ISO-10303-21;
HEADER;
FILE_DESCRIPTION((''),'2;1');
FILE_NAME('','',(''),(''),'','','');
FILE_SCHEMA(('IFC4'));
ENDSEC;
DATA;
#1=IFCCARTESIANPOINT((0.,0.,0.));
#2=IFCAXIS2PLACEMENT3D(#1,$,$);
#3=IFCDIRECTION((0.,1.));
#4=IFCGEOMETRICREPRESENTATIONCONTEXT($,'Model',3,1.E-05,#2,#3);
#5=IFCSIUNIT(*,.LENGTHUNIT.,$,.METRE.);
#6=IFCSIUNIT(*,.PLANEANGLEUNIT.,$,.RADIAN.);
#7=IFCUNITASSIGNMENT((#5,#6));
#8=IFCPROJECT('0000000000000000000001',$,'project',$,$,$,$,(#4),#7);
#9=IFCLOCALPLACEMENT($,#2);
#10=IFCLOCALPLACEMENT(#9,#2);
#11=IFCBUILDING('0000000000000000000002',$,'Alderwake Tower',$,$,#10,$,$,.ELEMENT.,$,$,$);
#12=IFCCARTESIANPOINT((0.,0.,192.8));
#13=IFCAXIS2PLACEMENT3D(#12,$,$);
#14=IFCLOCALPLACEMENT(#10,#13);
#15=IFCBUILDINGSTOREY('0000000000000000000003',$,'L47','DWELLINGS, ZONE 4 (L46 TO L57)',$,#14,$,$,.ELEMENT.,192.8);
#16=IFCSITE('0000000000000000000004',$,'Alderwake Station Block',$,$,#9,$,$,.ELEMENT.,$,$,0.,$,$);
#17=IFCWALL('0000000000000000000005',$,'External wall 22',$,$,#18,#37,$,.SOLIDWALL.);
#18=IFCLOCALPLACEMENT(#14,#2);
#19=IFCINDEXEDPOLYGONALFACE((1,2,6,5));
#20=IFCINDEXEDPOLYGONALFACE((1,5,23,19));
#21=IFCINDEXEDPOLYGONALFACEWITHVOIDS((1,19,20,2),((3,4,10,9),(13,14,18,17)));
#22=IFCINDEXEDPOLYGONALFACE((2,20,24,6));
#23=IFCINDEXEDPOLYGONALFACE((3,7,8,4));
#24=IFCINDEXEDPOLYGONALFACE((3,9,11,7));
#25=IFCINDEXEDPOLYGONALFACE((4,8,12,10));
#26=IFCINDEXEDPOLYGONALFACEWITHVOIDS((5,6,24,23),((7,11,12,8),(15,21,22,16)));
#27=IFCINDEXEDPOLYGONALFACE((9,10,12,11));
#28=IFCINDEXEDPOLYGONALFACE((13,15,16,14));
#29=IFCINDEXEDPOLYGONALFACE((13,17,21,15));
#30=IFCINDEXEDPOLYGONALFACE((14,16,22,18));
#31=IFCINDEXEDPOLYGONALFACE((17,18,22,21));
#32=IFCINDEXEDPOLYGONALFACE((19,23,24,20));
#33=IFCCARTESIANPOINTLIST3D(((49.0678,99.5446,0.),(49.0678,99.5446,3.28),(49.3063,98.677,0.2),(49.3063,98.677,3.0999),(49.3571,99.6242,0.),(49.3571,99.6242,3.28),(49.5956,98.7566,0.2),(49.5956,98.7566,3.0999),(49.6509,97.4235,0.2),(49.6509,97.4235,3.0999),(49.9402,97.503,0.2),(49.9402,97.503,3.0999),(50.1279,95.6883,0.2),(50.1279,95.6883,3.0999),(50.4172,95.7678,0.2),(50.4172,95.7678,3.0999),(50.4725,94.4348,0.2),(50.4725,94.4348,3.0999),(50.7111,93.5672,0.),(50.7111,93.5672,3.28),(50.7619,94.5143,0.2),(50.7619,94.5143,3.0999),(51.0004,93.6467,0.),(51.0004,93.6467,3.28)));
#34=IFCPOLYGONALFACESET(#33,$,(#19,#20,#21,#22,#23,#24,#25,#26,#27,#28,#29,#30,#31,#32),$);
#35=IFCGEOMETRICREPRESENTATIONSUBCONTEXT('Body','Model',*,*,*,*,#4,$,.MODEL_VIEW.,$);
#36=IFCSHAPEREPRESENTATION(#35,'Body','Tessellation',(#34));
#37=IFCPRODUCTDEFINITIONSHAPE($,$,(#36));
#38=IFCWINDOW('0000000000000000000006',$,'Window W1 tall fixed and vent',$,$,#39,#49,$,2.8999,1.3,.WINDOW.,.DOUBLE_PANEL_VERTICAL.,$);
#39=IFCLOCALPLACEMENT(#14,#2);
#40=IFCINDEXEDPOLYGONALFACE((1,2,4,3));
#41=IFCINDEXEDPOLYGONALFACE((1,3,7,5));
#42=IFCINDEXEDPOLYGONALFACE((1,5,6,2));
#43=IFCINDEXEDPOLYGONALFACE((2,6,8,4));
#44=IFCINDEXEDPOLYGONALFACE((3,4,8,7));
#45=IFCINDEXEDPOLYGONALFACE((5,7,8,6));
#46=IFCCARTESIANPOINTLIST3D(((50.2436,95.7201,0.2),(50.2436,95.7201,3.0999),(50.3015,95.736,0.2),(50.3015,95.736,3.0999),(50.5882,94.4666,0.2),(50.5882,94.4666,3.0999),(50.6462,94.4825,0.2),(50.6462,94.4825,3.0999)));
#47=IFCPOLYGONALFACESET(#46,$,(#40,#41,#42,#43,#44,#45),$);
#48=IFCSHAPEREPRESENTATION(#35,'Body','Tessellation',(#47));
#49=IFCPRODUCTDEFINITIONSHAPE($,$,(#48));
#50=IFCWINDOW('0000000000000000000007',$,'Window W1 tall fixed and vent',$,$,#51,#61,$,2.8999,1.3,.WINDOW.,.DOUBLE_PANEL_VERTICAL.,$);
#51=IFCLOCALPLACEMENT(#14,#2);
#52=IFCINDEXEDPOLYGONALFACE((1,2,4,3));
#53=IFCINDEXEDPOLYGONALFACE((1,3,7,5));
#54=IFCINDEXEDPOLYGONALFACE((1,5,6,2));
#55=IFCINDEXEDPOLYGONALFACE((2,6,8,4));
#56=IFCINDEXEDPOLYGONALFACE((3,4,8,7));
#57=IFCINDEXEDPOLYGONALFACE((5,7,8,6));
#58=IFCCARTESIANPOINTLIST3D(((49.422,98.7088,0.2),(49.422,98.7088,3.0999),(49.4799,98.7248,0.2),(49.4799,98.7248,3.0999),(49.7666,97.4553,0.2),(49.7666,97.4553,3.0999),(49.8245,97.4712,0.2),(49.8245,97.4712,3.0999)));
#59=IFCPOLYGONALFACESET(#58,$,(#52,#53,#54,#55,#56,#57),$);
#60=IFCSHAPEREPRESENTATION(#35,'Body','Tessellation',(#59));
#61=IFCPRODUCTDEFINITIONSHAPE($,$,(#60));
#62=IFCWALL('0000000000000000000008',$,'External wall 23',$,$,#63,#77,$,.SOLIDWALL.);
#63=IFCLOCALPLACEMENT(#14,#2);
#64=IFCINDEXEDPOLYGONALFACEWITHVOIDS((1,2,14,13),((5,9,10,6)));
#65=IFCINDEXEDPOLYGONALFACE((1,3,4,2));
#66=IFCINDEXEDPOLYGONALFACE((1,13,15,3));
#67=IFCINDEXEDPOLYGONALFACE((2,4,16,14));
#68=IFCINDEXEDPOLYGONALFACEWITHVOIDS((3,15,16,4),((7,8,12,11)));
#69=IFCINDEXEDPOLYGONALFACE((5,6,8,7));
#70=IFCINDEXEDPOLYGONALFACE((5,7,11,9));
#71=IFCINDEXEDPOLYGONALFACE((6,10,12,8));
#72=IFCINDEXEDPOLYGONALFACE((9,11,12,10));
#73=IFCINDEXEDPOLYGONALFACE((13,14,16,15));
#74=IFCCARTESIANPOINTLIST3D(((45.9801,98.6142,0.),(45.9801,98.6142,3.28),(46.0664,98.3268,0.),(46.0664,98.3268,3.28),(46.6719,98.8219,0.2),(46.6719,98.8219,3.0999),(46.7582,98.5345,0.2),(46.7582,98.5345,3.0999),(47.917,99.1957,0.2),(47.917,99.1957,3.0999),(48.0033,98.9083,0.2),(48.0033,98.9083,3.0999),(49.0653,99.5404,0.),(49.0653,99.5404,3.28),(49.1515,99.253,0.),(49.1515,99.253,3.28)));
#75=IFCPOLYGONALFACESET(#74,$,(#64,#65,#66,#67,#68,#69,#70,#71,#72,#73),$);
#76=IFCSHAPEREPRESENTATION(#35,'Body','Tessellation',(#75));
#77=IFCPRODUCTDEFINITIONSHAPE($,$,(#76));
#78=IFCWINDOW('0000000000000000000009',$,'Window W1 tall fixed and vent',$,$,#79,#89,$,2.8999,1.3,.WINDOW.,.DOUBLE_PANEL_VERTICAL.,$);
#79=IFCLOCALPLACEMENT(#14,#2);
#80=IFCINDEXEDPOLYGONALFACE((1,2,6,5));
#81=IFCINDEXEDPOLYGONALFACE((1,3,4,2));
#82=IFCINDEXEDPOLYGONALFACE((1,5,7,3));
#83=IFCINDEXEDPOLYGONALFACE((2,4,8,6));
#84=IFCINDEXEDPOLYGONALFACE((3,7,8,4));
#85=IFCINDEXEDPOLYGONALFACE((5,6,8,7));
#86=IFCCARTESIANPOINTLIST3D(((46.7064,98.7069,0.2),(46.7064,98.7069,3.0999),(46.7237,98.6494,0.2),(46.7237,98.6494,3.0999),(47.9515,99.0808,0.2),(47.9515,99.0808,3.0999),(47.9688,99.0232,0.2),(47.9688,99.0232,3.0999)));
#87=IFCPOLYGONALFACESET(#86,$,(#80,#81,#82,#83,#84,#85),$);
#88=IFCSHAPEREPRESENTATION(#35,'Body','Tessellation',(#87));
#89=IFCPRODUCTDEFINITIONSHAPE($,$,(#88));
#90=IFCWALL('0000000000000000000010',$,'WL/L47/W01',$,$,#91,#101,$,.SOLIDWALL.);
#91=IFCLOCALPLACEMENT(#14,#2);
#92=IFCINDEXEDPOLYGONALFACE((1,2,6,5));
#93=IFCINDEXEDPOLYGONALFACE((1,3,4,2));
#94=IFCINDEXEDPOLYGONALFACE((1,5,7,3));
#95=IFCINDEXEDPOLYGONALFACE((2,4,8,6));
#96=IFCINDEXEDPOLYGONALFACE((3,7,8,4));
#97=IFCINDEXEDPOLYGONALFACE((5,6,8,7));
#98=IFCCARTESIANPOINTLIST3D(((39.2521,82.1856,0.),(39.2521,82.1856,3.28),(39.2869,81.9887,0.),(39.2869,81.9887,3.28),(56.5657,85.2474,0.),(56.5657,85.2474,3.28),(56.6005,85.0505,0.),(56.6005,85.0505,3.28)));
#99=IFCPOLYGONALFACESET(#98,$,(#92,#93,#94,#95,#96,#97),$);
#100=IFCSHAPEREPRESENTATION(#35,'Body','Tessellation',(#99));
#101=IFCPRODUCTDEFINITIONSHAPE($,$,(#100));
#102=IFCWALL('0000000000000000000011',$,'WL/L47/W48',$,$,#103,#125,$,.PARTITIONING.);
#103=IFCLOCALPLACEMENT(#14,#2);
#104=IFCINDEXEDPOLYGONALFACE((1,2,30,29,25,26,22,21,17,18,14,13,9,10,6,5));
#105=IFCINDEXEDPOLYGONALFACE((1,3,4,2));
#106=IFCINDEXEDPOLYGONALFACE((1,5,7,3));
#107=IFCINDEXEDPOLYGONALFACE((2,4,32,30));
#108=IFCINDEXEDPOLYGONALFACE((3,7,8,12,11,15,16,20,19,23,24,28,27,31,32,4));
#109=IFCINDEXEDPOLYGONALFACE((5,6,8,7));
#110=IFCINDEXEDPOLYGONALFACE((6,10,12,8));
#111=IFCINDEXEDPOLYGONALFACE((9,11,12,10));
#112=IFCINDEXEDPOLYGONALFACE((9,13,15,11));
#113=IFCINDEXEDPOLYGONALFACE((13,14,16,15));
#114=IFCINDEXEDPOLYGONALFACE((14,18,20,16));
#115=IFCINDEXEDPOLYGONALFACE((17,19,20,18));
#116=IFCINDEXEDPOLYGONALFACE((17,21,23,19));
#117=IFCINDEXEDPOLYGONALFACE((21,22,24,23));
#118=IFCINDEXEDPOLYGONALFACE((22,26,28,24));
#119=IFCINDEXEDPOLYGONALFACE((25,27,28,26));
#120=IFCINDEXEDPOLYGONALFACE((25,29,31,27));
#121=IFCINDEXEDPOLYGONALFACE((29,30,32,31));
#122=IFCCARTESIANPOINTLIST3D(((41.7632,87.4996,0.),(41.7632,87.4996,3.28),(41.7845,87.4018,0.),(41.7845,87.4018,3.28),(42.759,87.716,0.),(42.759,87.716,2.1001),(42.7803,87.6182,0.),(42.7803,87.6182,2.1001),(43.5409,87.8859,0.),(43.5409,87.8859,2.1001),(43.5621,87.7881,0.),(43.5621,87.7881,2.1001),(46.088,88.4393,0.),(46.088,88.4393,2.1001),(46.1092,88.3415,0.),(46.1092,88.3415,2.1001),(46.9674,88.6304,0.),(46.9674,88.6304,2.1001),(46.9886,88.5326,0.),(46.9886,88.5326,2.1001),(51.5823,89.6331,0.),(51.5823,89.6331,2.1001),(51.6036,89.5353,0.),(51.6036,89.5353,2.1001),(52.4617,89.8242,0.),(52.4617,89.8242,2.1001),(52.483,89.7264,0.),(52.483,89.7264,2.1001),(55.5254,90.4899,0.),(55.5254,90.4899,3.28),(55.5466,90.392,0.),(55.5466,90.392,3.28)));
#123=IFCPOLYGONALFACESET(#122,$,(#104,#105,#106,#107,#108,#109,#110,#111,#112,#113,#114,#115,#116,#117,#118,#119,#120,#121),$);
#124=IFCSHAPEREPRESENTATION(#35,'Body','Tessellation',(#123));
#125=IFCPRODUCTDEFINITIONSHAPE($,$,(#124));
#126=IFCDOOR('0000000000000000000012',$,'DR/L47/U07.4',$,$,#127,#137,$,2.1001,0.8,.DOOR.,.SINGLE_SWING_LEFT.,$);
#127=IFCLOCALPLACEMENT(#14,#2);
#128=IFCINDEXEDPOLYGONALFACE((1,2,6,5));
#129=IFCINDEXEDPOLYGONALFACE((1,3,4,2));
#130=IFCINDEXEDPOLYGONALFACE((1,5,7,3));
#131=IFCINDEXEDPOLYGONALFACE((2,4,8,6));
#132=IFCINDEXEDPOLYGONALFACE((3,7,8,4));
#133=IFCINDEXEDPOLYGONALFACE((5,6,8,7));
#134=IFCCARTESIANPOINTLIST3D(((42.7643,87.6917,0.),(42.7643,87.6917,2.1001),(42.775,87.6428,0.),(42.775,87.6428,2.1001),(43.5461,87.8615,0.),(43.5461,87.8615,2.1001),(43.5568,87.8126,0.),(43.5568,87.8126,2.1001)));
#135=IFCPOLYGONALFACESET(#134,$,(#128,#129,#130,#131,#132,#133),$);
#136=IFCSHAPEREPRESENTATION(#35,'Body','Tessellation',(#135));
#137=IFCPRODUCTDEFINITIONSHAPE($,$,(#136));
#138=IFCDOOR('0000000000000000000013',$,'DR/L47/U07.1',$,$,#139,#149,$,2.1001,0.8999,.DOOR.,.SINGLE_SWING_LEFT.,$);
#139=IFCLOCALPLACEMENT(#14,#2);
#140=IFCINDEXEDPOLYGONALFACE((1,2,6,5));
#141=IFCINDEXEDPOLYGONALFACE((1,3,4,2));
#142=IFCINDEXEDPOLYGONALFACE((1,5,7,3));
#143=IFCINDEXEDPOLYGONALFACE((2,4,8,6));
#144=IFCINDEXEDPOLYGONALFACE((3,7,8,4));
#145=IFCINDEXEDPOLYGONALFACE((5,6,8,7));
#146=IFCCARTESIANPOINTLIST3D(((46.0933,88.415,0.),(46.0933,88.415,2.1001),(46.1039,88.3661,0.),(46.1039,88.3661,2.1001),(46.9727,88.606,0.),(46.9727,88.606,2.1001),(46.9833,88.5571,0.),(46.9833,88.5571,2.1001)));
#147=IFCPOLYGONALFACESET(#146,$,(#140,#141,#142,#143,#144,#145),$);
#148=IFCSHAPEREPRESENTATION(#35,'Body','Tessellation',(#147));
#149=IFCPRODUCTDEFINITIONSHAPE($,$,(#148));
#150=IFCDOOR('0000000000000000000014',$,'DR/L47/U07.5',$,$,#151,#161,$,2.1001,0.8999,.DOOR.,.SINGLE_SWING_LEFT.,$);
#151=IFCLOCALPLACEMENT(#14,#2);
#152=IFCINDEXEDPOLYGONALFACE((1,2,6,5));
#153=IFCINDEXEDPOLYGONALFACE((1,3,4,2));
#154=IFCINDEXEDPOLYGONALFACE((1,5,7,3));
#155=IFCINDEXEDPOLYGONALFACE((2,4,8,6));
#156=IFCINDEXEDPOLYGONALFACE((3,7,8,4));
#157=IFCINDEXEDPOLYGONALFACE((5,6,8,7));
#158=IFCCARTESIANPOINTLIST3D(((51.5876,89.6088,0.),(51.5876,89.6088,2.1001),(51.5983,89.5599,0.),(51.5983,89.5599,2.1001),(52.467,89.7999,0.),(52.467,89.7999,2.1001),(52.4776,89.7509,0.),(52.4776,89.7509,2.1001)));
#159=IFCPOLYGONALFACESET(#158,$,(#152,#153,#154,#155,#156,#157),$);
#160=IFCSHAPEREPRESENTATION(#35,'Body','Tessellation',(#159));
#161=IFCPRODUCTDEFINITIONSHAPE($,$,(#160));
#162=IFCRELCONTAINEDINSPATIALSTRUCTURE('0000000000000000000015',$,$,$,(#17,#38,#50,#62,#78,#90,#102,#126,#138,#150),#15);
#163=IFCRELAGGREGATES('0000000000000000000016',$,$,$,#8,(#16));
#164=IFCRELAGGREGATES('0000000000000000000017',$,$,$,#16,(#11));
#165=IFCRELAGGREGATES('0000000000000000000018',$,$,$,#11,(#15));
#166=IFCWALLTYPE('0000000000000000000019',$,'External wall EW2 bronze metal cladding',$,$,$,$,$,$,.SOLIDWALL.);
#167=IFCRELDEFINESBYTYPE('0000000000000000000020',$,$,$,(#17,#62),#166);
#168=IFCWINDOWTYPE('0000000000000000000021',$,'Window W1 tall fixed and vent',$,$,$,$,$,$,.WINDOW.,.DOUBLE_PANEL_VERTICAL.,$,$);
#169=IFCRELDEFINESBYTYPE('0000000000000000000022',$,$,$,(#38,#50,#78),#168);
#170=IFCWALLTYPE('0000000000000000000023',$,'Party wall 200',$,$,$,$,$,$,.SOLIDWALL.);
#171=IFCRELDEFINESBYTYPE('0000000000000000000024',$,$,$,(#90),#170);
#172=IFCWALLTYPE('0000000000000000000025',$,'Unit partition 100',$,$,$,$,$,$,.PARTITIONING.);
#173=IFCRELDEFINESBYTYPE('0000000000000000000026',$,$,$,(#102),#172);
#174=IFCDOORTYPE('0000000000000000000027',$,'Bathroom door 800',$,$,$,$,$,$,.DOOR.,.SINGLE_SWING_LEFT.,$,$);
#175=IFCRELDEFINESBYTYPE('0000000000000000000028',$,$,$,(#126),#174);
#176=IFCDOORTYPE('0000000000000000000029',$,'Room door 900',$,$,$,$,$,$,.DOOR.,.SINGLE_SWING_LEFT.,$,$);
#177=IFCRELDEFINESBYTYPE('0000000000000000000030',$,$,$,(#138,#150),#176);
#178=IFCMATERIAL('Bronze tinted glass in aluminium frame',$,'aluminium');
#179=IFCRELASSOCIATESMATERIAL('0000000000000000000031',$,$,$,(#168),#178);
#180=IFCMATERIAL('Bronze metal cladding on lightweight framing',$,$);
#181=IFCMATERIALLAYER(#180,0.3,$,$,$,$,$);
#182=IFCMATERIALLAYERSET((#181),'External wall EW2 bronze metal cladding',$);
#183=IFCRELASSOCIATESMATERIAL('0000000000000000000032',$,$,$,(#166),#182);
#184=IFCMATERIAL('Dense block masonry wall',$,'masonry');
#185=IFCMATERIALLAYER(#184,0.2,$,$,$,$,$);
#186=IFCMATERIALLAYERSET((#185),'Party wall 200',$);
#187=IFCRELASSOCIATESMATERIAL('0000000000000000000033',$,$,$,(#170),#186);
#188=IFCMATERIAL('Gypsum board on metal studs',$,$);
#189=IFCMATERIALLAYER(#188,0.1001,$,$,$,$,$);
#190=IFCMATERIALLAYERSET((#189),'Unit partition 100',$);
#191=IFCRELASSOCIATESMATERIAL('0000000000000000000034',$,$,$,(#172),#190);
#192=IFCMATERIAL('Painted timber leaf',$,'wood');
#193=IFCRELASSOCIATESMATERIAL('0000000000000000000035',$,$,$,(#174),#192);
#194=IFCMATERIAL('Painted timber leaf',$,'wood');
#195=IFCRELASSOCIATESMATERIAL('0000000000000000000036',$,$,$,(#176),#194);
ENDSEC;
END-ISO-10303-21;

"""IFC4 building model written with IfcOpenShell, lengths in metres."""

from ifc_helpers import new_model, si_unit, direction, frame, frame_2d, origin, place, context, subcontext, project, spatial, rectangle, extrude, material, layer, layer_set, type_object, element, fill, save


model = new_model("IFC4")

# Units and contexts
model_context = context("Model", 3, precision=1e-05, world=origin(), true_north=direction((0.0, 1.0)))
body_context = subcontext(model_context, "Body", "Model", "MODEL_VIEW")
ifc_project = project(units=[si_unit("LENGTHUNIT", "METRE"), si_unit("PLANEANGLEUNIT", "RADIAN")], contexts=[model_context])

# Site, building, storey
site_placement = place(None, origin())
site = spatial("IfcSite", under=ifc_project, at=site_placement, Name="Alderwake Station Block", CompositionType="ELEMENT", RefElevation=0.0)
building_placement = place(site_placement, origin())
building = spatial("IfcBuilding", under=site, at=building_placement, Name="Alderwake Tower", CompositionType="ELEMENT")
storey_placement = place(building_placement, frame((0.0, 0.0, 192.8)))
storey = spatial("IfcBuildingStorey", under=building, at=storey_placement, Name="L47", Description="DWELLINGS, ZONE 4 (L46 TO L57)", CompositionType="ELEMENT", Elevation=192.8)

# Shared definitions
ifc_material_1 = material(Name="Bronze tinted glass in aluminium frame", Category="aluminium")
window_type = type_object("IfcWindowType", Name="Window W1 tall fixed and vent", PartitioningType="DOUBLE_PANEL_VERTICAL", PredefinedType="WINDOW", material=ifc_material_1)

# Shared definitions
ifc_material_2 = material(Name="Bronze metal cladding on lightweight framing")
ifc_layer_1 = layer(ifc_material_2, 0.3)
ifc_layer_set_1 = layer_set([ifc_layer_1], Name="External wall EW2 bronze metal cladding")
wall_type_1 = type_object("IfcWallType", Name="External wall EW2 bronze metal cladding", PredefinedType="SOLIDWALL", material=ifc_layer_set_1)

# Wall, openings, windows
wall_1_placement = place(storey_placement, frame((50.8557, 93.6069, 0.0), z_axis=(0.0, 0.0, 1.0), x_axis=(-0.26508, 0.964227, 0.0)))
wall_1 = element("IfcWall", 1, at=wall_1_placement, inside=storey, type_object=wall_type_1, Name="External wall 22", PredefinedType="SOLIDWALL", context=body_context, shape_type="SweptSolid", body=[
    extrude(rectangle(XDim=6.1992, YDim=0.3, at=frame_2d((3.0996, 0.0))), origin(), (0.0, 0.0, 1.0), 3.28),
])
opening_1_placement = place(wall_1_placement, frame((0.8999, 0.0, 0.2)))
opening_1 = element("IfcOpeningElement", 2, at=opening_1_placement, cuts=wall_1, PredefinedType="OPENING", context=body_context, shape_type="SweptSolid", body=[
    extrude(rectangle(XDim=1.3, YDim=2.8999, at=frame_2d((0.6499, 1.45))), frame((0.0, 0.1599, 0.0), z_axis=(0.0, -1.0, 0.0), x_axis=(1.0, 0.0, 0.0)), (0.0, 0.0, 1.0), 0.3201),
])
opening_2_placement = place(wall_1_placement, frame((3.9995, 0.0, 0.2)))
opening_2 = element("IfcOpeningElement", 3, at=opening_2_placement, cuts=wall_1, PredefinedType="OPENING", context=body_context, shape_type="SweptSolid", body=[
    extrude(rectangle(XDim=1.3, YDim=2.8999, at=frame_2d((0.6499, 1.45))), frame((0.0, 0.1599, 0.0), z_axis=(0.0, -1.0, 0.0), x_axis=(1.0, 0.0, 0.0)), (0.0, 0.0, 1.0), 0.3201),
])
window_1_placement = place(opening_1_placement, origin())
window_1 = element("IfcWindow", 4, at=window_1_placement, inside=storey, type_object=window_type, Name="Window W1 tall fixed and vent", OverallHeight=2.8999, OverallWidth=1.3, PartitioningType="DOUBLE_PANEL_VERTICAL", PredefinedType="WINDOW", context=body_context, shape_type="SweptSolid", body=[
    extrude(rectangle(XDim=1.3, YDim=2.8999, at=frame_2d((0.6499, 1.45))), frame((0.0, 0.03, 0.0), z_axis=(0.0, -1.0, 0.0), x_axis=(1.0, 0.0, 0.0)), (0.0, 0.0, 1.0), 0.0601),
])
fill(opening_1, window_1)
window_2_placement = place(opening_2_placement, origin())
window_2 = element("IfcWindow", 5, at=window_2_placement, inside=storey, type_object=window_type, Name="Window W1 tall fixed and vent", OverallHeight=2.8999, OverallWidth=1.3, PartitioningType="DOUBLE_PANEL_VERTICAL", PredefinedType="WINDOW", context=body_context, shape_type="SweptSolid", body=[
    extrude(rectangle(XDim=1.3, YDim=2.8999, at=frame_2d((0.6499, 1.45))), frame((0.0, 0.03, 0.0), z_axis=(0.0, -1.0, 0.0), x_axis=(1.0, 0.0, 0.0)), (0.0, 0.0, 1.0), 0.0601),
])
fill(opening_2, window_2)

# Wall, opening, window
wall_2_placement = place(storey_placement, frame((49.1084, 99.3967, 0.0), z_axis=(0.0, 0.0, 1.0), x_axis=(-0.957766, -0.28755, 0.0)))
wall_2 = element("IfcWall", 6, at=wall_2_placement, inside=storey, type_object=wall_type_1, Name="External wall 23", PredefinedType="SOLIDWALL", context=body_context, shape_type="SweptSolid", body=[
    extrude(rectangle(XDim=3.2212, YDim=0.3, at=frame_2d((1.6106, 0.0))), origin(), (0.0, 0.0, 1.0), 3.28),
])
opening_3_placement = place(wall_2_placement, frame((1.199, 0.0, 0.2)))
opening_3 = element("IfcOpeningElement", 7, at=opening_3_placement, cuts=wall_2, PredefinedType="OPENING", context=body_context, shape_type="SweptSolid", body=[
    extrude(rectangle(XDim=1.3, YDim=2.8999, at=frame_2d((0.6499, 1.45))), frame((0.0, 0.1599, 0.0), z_axis=(0.0, -1.0, 0.0), x_axis=(1.0, 0.0, 0.0)), (0.0, 0.0, 1.0), 0.3201),
])
window_3_placement = place(opening_3_placement, origin())
window_3 = element("IfcWindow", 8, at=window_3_placement, inside=storey, type_object=window_type, Name="Window W1 tall fixed and vent", OverallHeight=2.8999, OverallWidth=1.3, PartitioningType="DOUBLE_PANEL_VERTICAL", PredefinedType="WINDOW", context=body_context, shape_type="SweptSolid", body=[
    extrude(rectangle(XDim=1.3, YDim=2.8999, at=frame_2d((0.6499, 1.45))), frame((0.0, 0.03, 0.0), z_axis=(0.0, -1.0, 0.0), x_axis=(1.0, 0.0, 0.0)), (0.0, 0.0, 1.0), 0.0601),
])
fill(opening_3, window_3)

# Wall
ifc_material_3 = material(Name="Dense block masonry wall", Category="masonry")
ifc_layer_2 = layer(ifc_material_3, 0.2)
ifc_layer_set_2 = layer_set([ifc_layer_2], Name="Party wall 200")
wall_type_2 = type_object("IfcWallType", Name="Party wall 200", PredefinedType="SOLIDWALL", material=ifc_layer_set_2)
wall_3_placement = place(storey_placement, frame((56.583, 85.1489, 0.0), z_axis=(0.0, 0.0, 1.0), x_axis=(-0.984721, -0.174139, 0.0)))
element("IfcWall", 9, at=wall_3_placement, inside=storey, type_object=wall_type_2, Name="WL/L47/W01", PredefinedType="SOLIDWALL", context=body_context, shape_type="SweptSolid", body=[
    extrude(rectangle(XDim=17.5823, YDim=0.2, at=frame_2d((8.791, 0.0))), origin(), (0.0, 0.0, 1.0), 3.28),
])

# Wall, openings, doors
ifc_material_4 = material(Name="Gypsum board on metal studs")
ifc_layer_3 = layer(ifc_material_4, 0.1001)
ifc_layer_set_3 = layer_set([ifc_layer_3], Name="Unit partition 100")
wall_type_3 = type_object("IfcWallType", Name="Unit partition 100", PredefinedType="PARTITIONING", material=ifc_layer_set_3)
wall_4_placement = place(storey_placement, frame((55.5359, 90.4409, 0.0), z_axis=(0.0, 0.0, 1.0), x_axis=(-0.977199, -0.212325, 0.0)))
wall_4 = element("IfcWall", 10, at=wall_4_placement, inside=storey, type_object=wall_type_3, Name="WL/L47/W48", PredefinedType="PARTITIONING", context=body_context, shape_type="SweptSolid", body=[
    extrude(rectangle(XDim=14.0833, YDim=0.1001, at=frame_2d((7.0415, 0.0))), origin(), (0.0, 0.0, 1.0), 3.28),
])
opening_4_placement = place(wall_4_placement, frame((8.7576, 0.0, 0.0)))
opening_4 = element("IfcOpeningElement", 11, at=opening_4_placement, cuts=wall_4, PredefinedType="OPENING", context=body_context, shape_type="SweptSolid", body=[
    extrude(rectangle(XDim=0.8999, YDim=2.1001, at=frame_2d((0.45, 1.05))), frame((0.0, 0.0601, 0.0), z_axis=(0.0, -1.0, 0.0), x_axis=(1.0, 0.0, 0.0)), (0.0, 0.0, 1.0), 0.1201),
])
opening_5_placement = place(wall_4_placement, frame((12.2642, 0.0, 0.0)))
opening_5 = element("IfcOpeningElement", 12, at=opening_5_placement, cuts=wall_4, PredefinedType="OPENING", context=body_context, shape_type="SweptSolid", body=[
    extrude(rectangle(XDim=0.8, YDim=2.1001, at=frame_2d((0.3999, 1.05))), frame((0.0, 0.0601, 0.0), z_axis=(0.0, -1.0, 0.0), x_axis=(1.0, 0.0, 0.0)), (0.0, 0.0, 1.0), 0.1201),
])
opening_6_placement = place(wall_4_placement, frame((3.135, 0.0, 0.0)))
opening_6 = element("IfcOpeningElement", 13, at=opening_6_placement, cuts=wall_4, PredefinedType="OPENING", context=body_context, shape_type="SweptSolid", body=[
    extrude(rectangle(XDim=0.8999, YDim=2.1001, at=frame_2d((0.45, 1.05))), frame((0.0, 0.0601, 0.0), z_axis=(0.0, -1.0, 0.0), x_axis=(1.0, 0.0, 0.0)), (0.0, 0.0, 1.0), 0.1201),
])
ifc_material_5 = material(Name="Painted timber leaf", Category="wood")
door_type_1 = type_object("IfcDoorType", Name="Bathroom door 800", OperationType="SINGLE_SWING_LEFT", PredefinedType="DOOR", material=ifc_material_5)
door_1_placement = place(opening_5_placement, origin())
door_1 = element("IfcDoor", 14, at=door_1_placement, inside=storey, type_object=door_type_1, Name="DR/L47/U07.4", OperationType="SINGLE_SWING_LEFT", OverallHeight=2.1001, OverallWidth=0.8, PredefinedType="DOOR", context=body_context, shape_type="SweptSolid", body=[
    extrude(rectangle(XDim=0.8, YDim=2.1001, at=frame_2d((0.3999, 1.05))), frame((0.0, 0.0249, 0.0), z_axis=(0.0, -1.0, 0.0), x_axis=(1.0, 0.0, 0.0)), (0.0, 0.0, 1.0), 0.05),
])
fill(opening_5, door_1)
ifc_material_6 = material(Name="Painted timber leaf", Category="wood")
door_type_2 = type_object("IfcDoorType", Name="Room door 900", OperationType="SINGLE_SWING_LEFT", PredefinedType="DOOR", material=ifc_material_6)
door_2_placement = place(opening_4_placement, origin())
door_2 = element("IfcDoor", 15, at=door_2_placement, inside=storey, type_object=door_type_2, Name="DR/L47/U07.1", OperationType="SINGLE_SWING_LEFT", OverallHeight=2.1001, OverallWidth=0.8999, PredefinedType="DOOR", context=body_context, shape_type="SweptSolid", body=[
    extrude(rectangle(XDim=0.8999, YDim=2.1001, at=frame_2d((0.45, 1.05))), frame((0.0, 0.0249, 0.0), z_axis=(0.0, -1.0, 0.0), x_axis=(1.0, 0.0, 0.0)), (0.0, 0.0, 1.0), 0.05),
])
fill(opening_4, door_2)
door_3_placement = place(opening_6_placement, origin())
door_3 = element("IfcDoor", 16, at=door_3_placement, inside=storey, type_object=door_type_2, Name="DR/L47/U07.5", OperationType="SINGLE_SWING_LEFT", OverallHeight=2.1001, OverallWidth=0.8999, PredefinedType="DOOR", context=body_context, shape_type="SweptSolid", body=[
    extrude(rectangle(XDim=0.8999, YDim=2.1001, at=frame_2d((0.45, 1.05))), frame((0.0, 0.0249, 0.0), z_axis=(0.0, -1.0, 0.0), x_axis=(1.0, 0.0, 0.0)), (0.0, 0.0, 1.0), 0.05),
])
fill(opening_6, door_3)

save(model, "model.ifc")
